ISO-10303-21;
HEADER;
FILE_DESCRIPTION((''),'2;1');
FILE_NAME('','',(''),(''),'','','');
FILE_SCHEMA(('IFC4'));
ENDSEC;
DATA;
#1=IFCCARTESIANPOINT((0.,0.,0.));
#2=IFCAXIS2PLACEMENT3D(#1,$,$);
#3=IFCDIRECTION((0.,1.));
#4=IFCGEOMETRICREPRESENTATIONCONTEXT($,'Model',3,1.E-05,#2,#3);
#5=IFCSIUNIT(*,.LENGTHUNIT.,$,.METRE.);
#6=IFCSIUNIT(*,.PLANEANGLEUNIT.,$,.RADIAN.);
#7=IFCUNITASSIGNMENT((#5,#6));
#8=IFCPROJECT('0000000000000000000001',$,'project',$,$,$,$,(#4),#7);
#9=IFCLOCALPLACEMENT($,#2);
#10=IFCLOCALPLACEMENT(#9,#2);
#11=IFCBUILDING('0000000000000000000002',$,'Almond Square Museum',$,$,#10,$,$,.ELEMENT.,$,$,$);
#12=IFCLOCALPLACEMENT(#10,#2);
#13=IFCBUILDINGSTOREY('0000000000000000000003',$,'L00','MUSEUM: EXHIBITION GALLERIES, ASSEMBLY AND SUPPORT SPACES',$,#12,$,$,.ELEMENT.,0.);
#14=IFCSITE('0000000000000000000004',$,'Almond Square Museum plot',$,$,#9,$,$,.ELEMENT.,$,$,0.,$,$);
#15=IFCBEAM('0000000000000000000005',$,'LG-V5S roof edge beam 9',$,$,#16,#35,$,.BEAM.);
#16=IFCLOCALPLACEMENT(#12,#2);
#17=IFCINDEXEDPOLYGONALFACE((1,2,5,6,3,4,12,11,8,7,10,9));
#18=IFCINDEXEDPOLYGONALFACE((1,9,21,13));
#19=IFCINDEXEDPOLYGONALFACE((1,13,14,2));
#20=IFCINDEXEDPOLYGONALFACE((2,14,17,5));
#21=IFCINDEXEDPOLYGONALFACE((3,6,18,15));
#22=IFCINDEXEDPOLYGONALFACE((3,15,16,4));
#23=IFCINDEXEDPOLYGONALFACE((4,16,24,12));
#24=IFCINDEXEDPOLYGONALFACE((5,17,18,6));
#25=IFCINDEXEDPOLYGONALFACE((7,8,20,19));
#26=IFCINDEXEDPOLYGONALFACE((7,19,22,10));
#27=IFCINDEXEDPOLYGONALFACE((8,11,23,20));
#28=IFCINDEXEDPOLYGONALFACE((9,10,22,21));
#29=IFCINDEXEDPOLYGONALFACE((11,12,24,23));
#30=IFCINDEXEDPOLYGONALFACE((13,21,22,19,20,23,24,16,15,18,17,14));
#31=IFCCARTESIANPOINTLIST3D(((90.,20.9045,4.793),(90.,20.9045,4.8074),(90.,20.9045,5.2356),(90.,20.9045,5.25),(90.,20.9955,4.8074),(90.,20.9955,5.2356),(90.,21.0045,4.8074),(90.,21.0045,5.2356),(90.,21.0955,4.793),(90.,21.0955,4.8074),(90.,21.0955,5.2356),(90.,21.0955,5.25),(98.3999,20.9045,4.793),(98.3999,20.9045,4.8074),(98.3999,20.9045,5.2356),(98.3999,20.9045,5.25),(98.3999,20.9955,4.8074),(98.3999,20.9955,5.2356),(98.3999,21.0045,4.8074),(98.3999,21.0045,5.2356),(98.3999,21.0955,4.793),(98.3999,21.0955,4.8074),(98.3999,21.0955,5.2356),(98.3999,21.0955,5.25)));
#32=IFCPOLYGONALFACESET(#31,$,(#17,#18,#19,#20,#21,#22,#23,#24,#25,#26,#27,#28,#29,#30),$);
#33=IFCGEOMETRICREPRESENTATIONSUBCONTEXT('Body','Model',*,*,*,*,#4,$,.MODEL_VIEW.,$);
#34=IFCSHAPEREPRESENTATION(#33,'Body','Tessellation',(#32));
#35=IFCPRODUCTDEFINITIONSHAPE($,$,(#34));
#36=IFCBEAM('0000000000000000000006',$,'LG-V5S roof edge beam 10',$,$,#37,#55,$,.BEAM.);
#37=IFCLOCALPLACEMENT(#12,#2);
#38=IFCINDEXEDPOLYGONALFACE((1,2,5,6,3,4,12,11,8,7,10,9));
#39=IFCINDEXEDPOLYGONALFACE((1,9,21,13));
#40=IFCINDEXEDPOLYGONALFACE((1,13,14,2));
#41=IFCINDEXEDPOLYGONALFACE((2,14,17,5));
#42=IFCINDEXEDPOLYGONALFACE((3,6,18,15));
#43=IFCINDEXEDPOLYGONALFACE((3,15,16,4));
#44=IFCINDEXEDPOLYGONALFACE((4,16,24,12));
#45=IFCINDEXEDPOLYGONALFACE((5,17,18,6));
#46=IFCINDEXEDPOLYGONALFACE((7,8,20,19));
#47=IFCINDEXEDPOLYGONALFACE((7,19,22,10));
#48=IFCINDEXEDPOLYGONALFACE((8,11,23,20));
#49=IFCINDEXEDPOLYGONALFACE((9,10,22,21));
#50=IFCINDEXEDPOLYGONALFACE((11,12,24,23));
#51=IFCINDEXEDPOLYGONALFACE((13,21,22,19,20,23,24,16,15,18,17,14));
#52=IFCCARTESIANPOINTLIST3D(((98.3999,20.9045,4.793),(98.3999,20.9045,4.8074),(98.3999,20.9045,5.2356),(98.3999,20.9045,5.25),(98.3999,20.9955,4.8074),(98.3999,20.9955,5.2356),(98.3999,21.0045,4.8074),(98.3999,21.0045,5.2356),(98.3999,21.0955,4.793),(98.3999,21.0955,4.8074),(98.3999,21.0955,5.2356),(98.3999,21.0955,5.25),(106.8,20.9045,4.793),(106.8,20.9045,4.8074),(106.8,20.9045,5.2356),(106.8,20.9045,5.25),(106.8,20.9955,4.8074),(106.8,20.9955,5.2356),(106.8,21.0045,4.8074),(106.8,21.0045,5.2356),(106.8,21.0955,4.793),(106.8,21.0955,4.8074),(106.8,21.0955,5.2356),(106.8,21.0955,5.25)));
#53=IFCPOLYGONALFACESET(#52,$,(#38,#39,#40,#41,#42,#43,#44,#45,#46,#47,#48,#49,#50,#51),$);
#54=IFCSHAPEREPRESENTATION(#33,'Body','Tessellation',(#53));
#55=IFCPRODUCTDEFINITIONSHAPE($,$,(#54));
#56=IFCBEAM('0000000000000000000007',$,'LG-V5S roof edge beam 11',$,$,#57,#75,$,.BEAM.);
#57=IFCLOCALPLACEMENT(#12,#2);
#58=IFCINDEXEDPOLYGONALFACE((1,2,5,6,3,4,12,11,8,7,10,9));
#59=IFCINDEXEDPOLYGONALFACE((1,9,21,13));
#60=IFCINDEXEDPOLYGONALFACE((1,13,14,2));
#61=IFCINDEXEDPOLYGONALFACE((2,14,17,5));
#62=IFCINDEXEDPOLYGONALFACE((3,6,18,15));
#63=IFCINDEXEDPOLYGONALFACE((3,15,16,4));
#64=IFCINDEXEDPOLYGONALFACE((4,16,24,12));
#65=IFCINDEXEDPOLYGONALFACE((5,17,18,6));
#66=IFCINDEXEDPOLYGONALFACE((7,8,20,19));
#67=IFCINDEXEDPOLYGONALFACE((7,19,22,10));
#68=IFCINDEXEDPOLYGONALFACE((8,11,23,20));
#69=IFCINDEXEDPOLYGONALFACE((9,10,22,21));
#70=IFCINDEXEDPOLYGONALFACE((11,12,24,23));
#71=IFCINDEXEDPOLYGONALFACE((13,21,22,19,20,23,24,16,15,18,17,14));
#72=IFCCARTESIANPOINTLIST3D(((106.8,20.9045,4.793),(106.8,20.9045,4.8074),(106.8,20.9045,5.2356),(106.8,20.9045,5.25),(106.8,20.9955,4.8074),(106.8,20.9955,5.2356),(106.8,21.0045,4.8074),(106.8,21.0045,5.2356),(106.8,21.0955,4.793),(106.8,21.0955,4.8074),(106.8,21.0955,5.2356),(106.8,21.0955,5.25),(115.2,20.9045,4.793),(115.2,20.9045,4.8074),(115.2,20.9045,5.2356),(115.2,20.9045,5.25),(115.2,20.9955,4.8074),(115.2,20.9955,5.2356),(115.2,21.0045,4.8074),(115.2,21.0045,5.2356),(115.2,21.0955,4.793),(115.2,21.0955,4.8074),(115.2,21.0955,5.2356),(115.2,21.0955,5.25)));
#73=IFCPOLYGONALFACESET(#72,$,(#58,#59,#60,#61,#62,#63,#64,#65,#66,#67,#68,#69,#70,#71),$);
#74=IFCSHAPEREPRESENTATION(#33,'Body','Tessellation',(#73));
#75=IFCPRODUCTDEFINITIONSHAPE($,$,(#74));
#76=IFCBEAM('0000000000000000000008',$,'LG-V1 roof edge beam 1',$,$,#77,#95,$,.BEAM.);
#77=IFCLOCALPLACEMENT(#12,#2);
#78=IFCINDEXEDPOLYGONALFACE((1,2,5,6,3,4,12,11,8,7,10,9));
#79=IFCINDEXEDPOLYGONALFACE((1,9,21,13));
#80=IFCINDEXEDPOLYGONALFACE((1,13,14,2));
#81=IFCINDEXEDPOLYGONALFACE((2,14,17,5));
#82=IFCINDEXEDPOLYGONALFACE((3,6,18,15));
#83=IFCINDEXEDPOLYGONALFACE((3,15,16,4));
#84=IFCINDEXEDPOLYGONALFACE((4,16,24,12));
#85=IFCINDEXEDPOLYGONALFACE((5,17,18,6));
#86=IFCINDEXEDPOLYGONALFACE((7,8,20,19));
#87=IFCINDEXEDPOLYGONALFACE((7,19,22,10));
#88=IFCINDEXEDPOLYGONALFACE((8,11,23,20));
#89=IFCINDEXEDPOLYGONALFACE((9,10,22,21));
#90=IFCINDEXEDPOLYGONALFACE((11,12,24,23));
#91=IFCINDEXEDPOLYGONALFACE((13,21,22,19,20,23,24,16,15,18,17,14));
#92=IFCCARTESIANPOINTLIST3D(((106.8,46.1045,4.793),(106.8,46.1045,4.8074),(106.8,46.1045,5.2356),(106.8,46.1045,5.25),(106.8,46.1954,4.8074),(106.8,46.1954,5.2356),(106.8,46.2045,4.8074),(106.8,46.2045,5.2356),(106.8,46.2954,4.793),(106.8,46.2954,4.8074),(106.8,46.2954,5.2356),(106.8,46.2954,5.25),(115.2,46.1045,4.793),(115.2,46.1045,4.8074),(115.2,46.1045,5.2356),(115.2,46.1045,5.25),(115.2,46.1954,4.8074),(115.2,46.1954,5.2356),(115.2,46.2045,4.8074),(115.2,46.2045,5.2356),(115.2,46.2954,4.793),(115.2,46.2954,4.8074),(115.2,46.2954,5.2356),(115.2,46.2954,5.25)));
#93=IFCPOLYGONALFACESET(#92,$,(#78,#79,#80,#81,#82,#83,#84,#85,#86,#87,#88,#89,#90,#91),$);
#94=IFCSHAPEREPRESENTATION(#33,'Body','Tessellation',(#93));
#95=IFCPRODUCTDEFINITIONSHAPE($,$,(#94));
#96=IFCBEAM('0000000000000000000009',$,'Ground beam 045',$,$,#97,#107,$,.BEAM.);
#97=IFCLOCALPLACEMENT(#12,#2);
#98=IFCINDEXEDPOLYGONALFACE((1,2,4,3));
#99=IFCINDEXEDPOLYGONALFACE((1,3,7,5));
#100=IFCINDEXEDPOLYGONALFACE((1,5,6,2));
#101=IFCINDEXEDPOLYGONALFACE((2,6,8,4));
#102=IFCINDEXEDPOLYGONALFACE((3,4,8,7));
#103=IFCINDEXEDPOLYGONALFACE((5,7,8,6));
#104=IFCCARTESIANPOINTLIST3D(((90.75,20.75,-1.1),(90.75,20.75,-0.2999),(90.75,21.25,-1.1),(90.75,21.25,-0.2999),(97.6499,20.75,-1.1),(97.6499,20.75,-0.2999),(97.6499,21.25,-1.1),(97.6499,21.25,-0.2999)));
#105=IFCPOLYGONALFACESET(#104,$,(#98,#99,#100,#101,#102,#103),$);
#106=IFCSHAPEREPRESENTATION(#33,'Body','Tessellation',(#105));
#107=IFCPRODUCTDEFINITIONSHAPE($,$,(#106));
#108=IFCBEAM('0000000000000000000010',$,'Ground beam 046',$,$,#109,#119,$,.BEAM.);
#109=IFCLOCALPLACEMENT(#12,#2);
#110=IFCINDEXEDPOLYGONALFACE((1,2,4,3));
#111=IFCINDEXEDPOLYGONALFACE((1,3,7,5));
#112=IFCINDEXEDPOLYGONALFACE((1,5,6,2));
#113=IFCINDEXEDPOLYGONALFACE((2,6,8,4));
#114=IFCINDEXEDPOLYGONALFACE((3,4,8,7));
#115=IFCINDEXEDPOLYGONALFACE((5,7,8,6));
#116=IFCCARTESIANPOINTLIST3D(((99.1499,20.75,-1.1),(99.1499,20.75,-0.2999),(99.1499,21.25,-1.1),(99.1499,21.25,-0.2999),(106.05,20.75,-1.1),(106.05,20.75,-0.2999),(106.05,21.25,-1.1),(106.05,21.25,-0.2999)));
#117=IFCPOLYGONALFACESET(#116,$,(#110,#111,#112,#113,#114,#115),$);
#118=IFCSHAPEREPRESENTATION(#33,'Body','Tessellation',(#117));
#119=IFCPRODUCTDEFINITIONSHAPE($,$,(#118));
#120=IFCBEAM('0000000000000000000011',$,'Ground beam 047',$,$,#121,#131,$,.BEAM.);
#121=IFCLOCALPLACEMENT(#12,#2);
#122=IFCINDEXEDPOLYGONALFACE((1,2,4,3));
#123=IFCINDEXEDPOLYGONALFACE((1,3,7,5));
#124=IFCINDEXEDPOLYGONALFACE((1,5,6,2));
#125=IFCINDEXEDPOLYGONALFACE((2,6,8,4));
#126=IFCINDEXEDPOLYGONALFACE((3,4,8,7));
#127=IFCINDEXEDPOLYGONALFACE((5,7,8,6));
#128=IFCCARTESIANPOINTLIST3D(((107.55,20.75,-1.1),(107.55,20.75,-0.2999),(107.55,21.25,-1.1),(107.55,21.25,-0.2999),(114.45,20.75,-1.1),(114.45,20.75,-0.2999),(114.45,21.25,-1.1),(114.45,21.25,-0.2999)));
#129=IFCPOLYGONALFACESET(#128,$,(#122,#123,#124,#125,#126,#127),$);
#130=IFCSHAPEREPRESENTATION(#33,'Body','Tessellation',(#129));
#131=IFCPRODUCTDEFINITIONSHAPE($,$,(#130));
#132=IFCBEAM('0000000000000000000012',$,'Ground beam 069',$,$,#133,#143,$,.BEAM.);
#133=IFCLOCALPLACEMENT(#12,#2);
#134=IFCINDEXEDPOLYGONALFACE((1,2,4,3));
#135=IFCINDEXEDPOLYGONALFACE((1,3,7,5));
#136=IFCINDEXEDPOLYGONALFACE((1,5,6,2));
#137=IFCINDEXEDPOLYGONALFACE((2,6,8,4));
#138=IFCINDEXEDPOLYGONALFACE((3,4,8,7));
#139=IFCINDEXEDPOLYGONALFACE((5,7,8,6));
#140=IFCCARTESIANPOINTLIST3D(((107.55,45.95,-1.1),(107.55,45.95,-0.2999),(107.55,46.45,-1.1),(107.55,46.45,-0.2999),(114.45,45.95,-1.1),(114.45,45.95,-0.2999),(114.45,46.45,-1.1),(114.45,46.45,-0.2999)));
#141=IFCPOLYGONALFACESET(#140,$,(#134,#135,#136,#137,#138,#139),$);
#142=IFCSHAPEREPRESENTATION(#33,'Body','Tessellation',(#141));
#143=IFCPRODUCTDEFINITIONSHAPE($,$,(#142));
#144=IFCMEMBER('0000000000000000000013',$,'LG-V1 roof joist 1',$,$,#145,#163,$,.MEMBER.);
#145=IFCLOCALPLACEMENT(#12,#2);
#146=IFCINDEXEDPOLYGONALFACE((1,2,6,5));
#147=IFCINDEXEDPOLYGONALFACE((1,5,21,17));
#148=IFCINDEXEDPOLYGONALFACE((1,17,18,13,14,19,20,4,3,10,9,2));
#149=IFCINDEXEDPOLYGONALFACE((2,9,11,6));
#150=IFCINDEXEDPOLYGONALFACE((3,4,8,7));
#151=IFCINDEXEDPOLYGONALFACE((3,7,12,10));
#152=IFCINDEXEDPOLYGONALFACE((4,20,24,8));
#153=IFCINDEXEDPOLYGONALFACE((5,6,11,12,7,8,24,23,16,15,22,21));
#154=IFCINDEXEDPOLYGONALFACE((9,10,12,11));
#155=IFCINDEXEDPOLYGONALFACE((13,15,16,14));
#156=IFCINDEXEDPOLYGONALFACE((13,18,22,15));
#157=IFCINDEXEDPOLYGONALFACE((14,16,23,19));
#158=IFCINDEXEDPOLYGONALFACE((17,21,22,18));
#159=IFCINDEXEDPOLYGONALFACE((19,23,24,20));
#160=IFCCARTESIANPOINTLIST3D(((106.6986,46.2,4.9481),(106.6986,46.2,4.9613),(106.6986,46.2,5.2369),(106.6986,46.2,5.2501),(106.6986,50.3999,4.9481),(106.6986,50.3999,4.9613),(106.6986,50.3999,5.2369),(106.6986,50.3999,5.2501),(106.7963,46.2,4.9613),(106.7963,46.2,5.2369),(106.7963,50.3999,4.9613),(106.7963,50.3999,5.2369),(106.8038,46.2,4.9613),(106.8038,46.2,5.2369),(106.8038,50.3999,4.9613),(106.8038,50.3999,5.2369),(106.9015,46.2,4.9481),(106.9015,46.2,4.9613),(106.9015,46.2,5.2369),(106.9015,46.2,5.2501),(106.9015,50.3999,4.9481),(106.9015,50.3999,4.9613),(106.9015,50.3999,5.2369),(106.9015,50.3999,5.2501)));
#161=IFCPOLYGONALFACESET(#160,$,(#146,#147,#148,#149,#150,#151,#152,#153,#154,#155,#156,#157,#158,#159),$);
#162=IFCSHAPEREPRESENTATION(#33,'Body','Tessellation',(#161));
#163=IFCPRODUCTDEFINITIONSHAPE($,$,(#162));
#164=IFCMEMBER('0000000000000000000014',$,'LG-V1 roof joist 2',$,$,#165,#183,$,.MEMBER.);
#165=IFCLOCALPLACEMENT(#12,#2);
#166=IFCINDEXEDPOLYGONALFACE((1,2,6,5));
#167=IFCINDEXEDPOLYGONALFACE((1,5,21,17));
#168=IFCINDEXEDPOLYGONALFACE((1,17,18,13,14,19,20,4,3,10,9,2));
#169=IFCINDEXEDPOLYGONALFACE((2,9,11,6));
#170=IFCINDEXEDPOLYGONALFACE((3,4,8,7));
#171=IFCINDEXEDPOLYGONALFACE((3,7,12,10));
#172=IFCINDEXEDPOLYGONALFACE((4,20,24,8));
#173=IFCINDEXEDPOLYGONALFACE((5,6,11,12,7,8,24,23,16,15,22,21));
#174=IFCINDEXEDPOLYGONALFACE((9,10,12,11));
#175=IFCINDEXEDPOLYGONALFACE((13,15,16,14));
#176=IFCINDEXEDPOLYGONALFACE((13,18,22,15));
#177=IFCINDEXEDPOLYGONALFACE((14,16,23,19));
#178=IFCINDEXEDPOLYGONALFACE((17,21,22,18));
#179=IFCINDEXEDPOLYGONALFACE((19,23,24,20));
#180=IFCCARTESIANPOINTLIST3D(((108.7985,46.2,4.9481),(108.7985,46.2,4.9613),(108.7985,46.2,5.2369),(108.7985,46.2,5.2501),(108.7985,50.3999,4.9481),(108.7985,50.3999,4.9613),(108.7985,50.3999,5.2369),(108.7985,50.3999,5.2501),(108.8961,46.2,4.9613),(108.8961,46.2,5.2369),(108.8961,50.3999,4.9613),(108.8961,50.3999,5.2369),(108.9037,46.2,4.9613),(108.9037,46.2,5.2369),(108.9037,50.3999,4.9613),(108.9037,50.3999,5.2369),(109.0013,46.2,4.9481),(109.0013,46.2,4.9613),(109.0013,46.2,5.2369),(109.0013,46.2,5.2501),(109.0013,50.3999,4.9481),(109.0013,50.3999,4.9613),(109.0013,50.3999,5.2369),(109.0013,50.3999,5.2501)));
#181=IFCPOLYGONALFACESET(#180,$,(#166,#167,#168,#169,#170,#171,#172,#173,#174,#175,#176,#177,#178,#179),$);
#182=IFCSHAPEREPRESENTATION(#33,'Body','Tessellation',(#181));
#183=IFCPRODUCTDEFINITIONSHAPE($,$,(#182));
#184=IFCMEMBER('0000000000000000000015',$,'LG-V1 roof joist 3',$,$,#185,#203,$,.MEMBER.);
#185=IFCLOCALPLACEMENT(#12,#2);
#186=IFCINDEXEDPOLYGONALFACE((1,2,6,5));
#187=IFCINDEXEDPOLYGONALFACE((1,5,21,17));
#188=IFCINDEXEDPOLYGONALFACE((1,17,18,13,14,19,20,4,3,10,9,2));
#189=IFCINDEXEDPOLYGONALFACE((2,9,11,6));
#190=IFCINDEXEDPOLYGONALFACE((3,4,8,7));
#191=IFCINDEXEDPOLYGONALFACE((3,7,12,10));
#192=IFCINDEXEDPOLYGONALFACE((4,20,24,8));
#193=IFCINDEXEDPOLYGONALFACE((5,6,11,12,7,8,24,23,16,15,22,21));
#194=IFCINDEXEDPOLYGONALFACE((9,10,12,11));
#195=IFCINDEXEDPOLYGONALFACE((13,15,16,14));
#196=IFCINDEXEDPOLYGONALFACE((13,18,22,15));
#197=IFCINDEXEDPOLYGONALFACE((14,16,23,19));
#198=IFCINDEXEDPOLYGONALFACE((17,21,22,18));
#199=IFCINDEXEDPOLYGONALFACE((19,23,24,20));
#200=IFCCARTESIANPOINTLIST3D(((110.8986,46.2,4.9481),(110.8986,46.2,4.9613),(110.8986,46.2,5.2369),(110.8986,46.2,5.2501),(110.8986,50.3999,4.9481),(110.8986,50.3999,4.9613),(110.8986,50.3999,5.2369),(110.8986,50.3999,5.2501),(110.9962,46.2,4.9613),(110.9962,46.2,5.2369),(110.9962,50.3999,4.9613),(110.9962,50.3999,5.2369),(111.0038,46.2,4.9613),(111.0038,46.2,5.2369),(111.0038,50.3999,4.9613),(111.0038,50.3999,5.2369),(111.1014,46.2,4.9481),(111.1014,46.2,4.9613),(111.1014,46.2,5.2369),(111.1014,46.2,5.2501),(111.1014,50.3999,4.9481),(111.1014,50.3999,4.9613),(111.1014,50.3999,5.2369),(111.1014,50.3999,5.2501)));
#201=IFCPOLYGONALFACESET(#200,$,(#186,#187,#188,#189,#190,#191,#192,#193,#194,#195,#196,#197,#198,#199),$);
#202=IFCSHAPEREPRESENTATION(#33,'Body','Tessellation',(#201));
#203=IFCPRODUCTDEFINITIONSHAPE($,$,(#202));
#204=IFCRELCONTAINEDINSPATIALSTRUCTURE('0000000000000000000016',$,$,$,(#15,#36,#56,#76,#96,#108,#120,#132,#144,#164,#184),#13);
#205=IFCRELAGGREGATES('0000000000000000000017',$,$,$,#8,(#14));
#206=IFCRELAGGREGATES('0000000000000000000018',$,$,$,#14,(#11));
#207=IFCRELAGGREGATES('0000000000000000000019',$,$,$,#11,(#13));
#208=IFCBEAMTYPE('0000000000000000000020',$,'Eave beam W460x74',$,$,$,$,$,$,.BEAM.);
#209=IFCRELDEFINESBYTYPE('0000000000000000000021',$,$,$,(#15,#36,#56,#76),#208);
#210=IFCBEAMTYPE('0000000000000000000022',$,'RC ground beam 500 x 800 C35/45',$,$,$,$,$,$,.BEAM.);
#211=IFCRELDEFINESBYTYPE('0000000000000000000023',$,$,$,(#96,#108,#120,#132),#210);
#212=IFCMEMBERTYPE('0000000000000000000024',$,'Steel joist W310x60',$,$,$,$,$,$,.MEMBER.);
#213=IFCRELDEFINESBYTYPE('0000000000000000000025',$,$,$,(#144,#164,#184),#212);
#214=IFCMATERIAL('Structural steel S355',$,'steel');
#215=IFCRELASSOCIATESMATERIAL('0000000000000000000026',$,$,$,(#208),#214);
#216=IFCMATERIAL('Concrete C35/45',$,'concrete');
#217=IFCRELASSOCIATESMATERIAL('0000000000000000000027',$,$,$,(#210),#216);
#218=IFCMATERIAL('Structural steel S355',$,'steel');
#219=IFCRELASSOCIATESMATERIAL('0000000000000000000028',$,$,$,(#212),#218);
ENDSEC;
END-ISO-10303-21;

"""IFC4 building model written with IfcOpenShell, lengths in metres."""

from ifc_helpers import new_model, si_unit, direction, frame, origin, origin_2d, place, context, subcontext, project, spatial, rectangle, i_section, extrude, material, material_profile, profile_set, type_object, element, save


model = new_model("IFC4")

# Units and contexts
model_context = context("Model", 3, precision=1e-05, world=origin(), true_north=direction((0.0, 1.0)))
body_context = subcontext(model_context, "Body", "Model", "MODEL_VIEW")
ifc_project = project(units=[si_unit("LENGTHUNIT", "METRE"), si_unit("PLANEANGLEUNIT", "RADIAN")], contexts=[model_context])

# Site, building, storey
site_placement = place(None, origin())
site = spatial("IfcSite", under=ifc_project, at=site_placement, Name="Almond Square Museum plot", CompositionType="ELEMENT", RefElevation=0.0)
building_placement = place(site_placement, origin())
building = spatial("IfcBuilding", under=site, at=building_placement, Name="Almond Square Museum", CompositionType="ELEMENT")
storey_placement = place(building_placement, origin())
storey = spatial("IfcBuildingStorey", under=building, at=storey_placement, Name="L00", Description="MUSEUM: EXHIBITION GALLERIES, ASSEMBLY AND SUPPORT SPACES", CompositionType="ELEMENT", Elevation=0.0)

# Beams
ifc_material_1 = material(Name="Structural steel S355", Category="steel")
ifc_material_profile_1 = material_profile(ifc_material_1, i_section(OverallWidth=0.1909, OverallDepth=0.457, WebThickness=0.009, FlangeThickness=0.0144, at=origin_2d()))
ifc_profile_set_1 = profile_set([ifc_material_profile_1], Name="Structural steel S355")
beam_type_1 = type_object("IfcBeamType", Name="Eave beam W460x74", PredefinedType="BEAM", material=ifc_profile_set_1)
beam_1_placement = place(storey_placement, frame((90.0, 21.0, 5.0215), z_axis=(1.0, 0.0, 0.0), x_axis=(0.0, 1.0, 0.0)))
element("IfcBeam", 1, at=beam_1_placement, inside=storey, type_object=beam_type_1, Name="LG-V5S roof edge beam 9", PredefinedType="BEAM", context=body_context, shape_type="SweptSolid", body=[
    extrude(i_section(OverallWidth=0.1909, OverallDepth=0.457, WebThickness=0.009, FlangeThickness=0.0144, at=origin_2d()), origin(), (0.0, 0.0, 1.0), 8.3999),
])
beam_2_placement = place(storey_placement, frame((98.3999, 21.0, 5.0215), z_axis=(1.0, 0.0, 0.0), x_axis=(0.0, 1.0, 0.0)))
element("IfcBeam", 2, at=beam_2_placement, inside=storey, type_object=beam_type_1, Name="LG-V5S roof edge beam 10", PredefinedType="BEAM", context=body_context, shape_type="SweptSolid", body=[
    extrude(i_section(OverallWidth=0.1909, OverallDepth=0.457, WebThickness=0.009, FlangeThickness=0.0144, at=origin_2d()), origin(), (0.0, 0.0, 1.0), 8.4001),
])
for number, where, z_axis, x_axis, name in (
    (3, (106.8, 21.0, 5.0215), (1.0, 0.0, 0.0), (0.0, 1.0, 0.0), "LG-V5S roof edge beam 11"),
    (4, (106.8, 46.2, 5.0215), (1.0, 0.0, 0.0), (0.0, 1.0, 0.0), "LG-V1 roof edge beam 1"),
):
    element("IfcBeam", number, at=place(storey_placement, frame(where, z_axis=z_axis, x_axis=x_axis)), inside=storey, type_object=beam_type_1, Name=name, PredefinedType="BEAM", context=body_context, shape_type="SweptSolid", body=[
        extrude(i_section(OverallWidth=0.1909, OverallDepth=0.457, WebThickness=0.009, FlangeThickness=0.0144, at=origin_2d()), origin(), (0.0, 0.0, 1.0), 8.3999),
    ])
ifc_material_2 = material(Name="Concrete C35/45", Category="concrete")
ifc_material_profile_2 = material_profile(ifc_material_2, rectangle(XDim=0.5, YDim=0.8, at=origin_2d()))
ifc_profile_set_2 = profile_set([ifc_material_profile_2], Name="Concrete C35/45")
beam_type_2 = type_object("IfcBeamType", Name="RC ground beam 500 x 800 C35/45", PredefinedType="BEAM", material=ifc_profile_set_2)
beam_3_placement = place(storey_placement, frame((90.75, 21.0, -0.7), z_axis=(1.0, 0.0, 0.0), x_axis=(0.0, 1.0, 0.0)))
element("IfcBeam", 5, at=beam_3_placement, inside=storey, type_object=beam_type_2, Name="Ground beam 045", PredefinedType="BEAM", context=body_context, shape_type="SweptSolid", body=[
    extrude(rectangle(XDim=0.5, YDim=0.8, at=origin_2d()), origin(), (0.0, 0.0, 1.0), 6.8999),
])
beam_4_placement = place(storey_placement, frame((99.1499, 21.0, -0.7), z_axis=(1.0, 0.0, 0.0), x_axis=(0.0, 1.0, 0.0)))
element("IfcBeam", 6, at=beam_4_placement, inside=storey, type_object=beam_type_2, Name="Ground beam 046", PredefinedType="BEAM", context=body_context, shape_type="SweptSolid", body=[
    extrude(rectangle(XDim=0.5, YDim=0.8, at=origin_2d()), origin(), (0.0, 0.0, 1.0), 6.9001),
])
for number, where, z_axis, x_axis, name in (
    (7, (107.55, 21.0, -0.7), (1.0, 0.0, 0.0), (0.0, 1.0, 0.0), "Ground beam 047"),
    (8, (107.55, 46.2, -0.7), (1.0, 0.0, 0.0), (0.0, 1.0, 0.0), "Ground beam 069"),
):
    element("IfcBeam", number, at=place(storey_placement, frame(where, z_axis=z_axis, x_axis=x_axis)), inside=storey, type_object=beam_type_2, Name=name, PredefinedType="BEAM", context=body_context, shape_type="SweptSolid", body=[
        extrude(rectangle(XDim=0.5, YDim=0.8, at=origin_2d()), origin(), (0.0, 0.0, 1.0), 6.8999),
    ])

# Members
ifc_material_3 = material(Name="Structural steel S355", Category="steel")
ifc_material_profile_3 = material_profile(ifc_material_3, i_section(OverallWidth=0.2029, OverallDepth=0.302, WebThickness=0.0076, FlangeThickness=0.0132, at=origin_2d()))
ifc_profile_set_3 = profile_set([ifc_material_profile_3], Name="Structural steel S355")
member_type = type_object("IfcMemberType", Name="Steel joist W310x60", PredefinedType="MEMBER", material=ifc_profile_set_3)
for number, where, z_axis, x_axis, name in (
    (9, (106.8, 50.3999, 5.0991), (0.0, -1.0, 0.0), (1.0, 0.0, 0.0), "LG-V1 roof joist 1"),
    (10, (108.8999, 50.3999, 5.0991), (0.0, -1.0, 0.0), (1.0, 0.0, 0.0), "LG-V1 roof joist 2"),
    (11, (111.0, 50.3999, 5.0991), (0.0, -1.0, 0.0), (1.0, 0.0, 0.0), "LG-V1 roof joist 3"),
):
    element("IfcMember", number, at=place(storey_placement, frame(where, z_axis=z_axis, x_axis=x_axis)), inside=storey, type_object=member_type, Name=name, PredefinedType="MEMBER", context=body_context, shape_type="SweptSolid", body=[
        extrude(i_section(OverallWidth=0.2029, OverallDepth=0.302, WebThickness=0.0076, FlangeThickness=0.0132, at=origin_2d()), origin(), (0.0, 0.0, 1.0), 4.2),
    ])

save(model, "model.ifc")
